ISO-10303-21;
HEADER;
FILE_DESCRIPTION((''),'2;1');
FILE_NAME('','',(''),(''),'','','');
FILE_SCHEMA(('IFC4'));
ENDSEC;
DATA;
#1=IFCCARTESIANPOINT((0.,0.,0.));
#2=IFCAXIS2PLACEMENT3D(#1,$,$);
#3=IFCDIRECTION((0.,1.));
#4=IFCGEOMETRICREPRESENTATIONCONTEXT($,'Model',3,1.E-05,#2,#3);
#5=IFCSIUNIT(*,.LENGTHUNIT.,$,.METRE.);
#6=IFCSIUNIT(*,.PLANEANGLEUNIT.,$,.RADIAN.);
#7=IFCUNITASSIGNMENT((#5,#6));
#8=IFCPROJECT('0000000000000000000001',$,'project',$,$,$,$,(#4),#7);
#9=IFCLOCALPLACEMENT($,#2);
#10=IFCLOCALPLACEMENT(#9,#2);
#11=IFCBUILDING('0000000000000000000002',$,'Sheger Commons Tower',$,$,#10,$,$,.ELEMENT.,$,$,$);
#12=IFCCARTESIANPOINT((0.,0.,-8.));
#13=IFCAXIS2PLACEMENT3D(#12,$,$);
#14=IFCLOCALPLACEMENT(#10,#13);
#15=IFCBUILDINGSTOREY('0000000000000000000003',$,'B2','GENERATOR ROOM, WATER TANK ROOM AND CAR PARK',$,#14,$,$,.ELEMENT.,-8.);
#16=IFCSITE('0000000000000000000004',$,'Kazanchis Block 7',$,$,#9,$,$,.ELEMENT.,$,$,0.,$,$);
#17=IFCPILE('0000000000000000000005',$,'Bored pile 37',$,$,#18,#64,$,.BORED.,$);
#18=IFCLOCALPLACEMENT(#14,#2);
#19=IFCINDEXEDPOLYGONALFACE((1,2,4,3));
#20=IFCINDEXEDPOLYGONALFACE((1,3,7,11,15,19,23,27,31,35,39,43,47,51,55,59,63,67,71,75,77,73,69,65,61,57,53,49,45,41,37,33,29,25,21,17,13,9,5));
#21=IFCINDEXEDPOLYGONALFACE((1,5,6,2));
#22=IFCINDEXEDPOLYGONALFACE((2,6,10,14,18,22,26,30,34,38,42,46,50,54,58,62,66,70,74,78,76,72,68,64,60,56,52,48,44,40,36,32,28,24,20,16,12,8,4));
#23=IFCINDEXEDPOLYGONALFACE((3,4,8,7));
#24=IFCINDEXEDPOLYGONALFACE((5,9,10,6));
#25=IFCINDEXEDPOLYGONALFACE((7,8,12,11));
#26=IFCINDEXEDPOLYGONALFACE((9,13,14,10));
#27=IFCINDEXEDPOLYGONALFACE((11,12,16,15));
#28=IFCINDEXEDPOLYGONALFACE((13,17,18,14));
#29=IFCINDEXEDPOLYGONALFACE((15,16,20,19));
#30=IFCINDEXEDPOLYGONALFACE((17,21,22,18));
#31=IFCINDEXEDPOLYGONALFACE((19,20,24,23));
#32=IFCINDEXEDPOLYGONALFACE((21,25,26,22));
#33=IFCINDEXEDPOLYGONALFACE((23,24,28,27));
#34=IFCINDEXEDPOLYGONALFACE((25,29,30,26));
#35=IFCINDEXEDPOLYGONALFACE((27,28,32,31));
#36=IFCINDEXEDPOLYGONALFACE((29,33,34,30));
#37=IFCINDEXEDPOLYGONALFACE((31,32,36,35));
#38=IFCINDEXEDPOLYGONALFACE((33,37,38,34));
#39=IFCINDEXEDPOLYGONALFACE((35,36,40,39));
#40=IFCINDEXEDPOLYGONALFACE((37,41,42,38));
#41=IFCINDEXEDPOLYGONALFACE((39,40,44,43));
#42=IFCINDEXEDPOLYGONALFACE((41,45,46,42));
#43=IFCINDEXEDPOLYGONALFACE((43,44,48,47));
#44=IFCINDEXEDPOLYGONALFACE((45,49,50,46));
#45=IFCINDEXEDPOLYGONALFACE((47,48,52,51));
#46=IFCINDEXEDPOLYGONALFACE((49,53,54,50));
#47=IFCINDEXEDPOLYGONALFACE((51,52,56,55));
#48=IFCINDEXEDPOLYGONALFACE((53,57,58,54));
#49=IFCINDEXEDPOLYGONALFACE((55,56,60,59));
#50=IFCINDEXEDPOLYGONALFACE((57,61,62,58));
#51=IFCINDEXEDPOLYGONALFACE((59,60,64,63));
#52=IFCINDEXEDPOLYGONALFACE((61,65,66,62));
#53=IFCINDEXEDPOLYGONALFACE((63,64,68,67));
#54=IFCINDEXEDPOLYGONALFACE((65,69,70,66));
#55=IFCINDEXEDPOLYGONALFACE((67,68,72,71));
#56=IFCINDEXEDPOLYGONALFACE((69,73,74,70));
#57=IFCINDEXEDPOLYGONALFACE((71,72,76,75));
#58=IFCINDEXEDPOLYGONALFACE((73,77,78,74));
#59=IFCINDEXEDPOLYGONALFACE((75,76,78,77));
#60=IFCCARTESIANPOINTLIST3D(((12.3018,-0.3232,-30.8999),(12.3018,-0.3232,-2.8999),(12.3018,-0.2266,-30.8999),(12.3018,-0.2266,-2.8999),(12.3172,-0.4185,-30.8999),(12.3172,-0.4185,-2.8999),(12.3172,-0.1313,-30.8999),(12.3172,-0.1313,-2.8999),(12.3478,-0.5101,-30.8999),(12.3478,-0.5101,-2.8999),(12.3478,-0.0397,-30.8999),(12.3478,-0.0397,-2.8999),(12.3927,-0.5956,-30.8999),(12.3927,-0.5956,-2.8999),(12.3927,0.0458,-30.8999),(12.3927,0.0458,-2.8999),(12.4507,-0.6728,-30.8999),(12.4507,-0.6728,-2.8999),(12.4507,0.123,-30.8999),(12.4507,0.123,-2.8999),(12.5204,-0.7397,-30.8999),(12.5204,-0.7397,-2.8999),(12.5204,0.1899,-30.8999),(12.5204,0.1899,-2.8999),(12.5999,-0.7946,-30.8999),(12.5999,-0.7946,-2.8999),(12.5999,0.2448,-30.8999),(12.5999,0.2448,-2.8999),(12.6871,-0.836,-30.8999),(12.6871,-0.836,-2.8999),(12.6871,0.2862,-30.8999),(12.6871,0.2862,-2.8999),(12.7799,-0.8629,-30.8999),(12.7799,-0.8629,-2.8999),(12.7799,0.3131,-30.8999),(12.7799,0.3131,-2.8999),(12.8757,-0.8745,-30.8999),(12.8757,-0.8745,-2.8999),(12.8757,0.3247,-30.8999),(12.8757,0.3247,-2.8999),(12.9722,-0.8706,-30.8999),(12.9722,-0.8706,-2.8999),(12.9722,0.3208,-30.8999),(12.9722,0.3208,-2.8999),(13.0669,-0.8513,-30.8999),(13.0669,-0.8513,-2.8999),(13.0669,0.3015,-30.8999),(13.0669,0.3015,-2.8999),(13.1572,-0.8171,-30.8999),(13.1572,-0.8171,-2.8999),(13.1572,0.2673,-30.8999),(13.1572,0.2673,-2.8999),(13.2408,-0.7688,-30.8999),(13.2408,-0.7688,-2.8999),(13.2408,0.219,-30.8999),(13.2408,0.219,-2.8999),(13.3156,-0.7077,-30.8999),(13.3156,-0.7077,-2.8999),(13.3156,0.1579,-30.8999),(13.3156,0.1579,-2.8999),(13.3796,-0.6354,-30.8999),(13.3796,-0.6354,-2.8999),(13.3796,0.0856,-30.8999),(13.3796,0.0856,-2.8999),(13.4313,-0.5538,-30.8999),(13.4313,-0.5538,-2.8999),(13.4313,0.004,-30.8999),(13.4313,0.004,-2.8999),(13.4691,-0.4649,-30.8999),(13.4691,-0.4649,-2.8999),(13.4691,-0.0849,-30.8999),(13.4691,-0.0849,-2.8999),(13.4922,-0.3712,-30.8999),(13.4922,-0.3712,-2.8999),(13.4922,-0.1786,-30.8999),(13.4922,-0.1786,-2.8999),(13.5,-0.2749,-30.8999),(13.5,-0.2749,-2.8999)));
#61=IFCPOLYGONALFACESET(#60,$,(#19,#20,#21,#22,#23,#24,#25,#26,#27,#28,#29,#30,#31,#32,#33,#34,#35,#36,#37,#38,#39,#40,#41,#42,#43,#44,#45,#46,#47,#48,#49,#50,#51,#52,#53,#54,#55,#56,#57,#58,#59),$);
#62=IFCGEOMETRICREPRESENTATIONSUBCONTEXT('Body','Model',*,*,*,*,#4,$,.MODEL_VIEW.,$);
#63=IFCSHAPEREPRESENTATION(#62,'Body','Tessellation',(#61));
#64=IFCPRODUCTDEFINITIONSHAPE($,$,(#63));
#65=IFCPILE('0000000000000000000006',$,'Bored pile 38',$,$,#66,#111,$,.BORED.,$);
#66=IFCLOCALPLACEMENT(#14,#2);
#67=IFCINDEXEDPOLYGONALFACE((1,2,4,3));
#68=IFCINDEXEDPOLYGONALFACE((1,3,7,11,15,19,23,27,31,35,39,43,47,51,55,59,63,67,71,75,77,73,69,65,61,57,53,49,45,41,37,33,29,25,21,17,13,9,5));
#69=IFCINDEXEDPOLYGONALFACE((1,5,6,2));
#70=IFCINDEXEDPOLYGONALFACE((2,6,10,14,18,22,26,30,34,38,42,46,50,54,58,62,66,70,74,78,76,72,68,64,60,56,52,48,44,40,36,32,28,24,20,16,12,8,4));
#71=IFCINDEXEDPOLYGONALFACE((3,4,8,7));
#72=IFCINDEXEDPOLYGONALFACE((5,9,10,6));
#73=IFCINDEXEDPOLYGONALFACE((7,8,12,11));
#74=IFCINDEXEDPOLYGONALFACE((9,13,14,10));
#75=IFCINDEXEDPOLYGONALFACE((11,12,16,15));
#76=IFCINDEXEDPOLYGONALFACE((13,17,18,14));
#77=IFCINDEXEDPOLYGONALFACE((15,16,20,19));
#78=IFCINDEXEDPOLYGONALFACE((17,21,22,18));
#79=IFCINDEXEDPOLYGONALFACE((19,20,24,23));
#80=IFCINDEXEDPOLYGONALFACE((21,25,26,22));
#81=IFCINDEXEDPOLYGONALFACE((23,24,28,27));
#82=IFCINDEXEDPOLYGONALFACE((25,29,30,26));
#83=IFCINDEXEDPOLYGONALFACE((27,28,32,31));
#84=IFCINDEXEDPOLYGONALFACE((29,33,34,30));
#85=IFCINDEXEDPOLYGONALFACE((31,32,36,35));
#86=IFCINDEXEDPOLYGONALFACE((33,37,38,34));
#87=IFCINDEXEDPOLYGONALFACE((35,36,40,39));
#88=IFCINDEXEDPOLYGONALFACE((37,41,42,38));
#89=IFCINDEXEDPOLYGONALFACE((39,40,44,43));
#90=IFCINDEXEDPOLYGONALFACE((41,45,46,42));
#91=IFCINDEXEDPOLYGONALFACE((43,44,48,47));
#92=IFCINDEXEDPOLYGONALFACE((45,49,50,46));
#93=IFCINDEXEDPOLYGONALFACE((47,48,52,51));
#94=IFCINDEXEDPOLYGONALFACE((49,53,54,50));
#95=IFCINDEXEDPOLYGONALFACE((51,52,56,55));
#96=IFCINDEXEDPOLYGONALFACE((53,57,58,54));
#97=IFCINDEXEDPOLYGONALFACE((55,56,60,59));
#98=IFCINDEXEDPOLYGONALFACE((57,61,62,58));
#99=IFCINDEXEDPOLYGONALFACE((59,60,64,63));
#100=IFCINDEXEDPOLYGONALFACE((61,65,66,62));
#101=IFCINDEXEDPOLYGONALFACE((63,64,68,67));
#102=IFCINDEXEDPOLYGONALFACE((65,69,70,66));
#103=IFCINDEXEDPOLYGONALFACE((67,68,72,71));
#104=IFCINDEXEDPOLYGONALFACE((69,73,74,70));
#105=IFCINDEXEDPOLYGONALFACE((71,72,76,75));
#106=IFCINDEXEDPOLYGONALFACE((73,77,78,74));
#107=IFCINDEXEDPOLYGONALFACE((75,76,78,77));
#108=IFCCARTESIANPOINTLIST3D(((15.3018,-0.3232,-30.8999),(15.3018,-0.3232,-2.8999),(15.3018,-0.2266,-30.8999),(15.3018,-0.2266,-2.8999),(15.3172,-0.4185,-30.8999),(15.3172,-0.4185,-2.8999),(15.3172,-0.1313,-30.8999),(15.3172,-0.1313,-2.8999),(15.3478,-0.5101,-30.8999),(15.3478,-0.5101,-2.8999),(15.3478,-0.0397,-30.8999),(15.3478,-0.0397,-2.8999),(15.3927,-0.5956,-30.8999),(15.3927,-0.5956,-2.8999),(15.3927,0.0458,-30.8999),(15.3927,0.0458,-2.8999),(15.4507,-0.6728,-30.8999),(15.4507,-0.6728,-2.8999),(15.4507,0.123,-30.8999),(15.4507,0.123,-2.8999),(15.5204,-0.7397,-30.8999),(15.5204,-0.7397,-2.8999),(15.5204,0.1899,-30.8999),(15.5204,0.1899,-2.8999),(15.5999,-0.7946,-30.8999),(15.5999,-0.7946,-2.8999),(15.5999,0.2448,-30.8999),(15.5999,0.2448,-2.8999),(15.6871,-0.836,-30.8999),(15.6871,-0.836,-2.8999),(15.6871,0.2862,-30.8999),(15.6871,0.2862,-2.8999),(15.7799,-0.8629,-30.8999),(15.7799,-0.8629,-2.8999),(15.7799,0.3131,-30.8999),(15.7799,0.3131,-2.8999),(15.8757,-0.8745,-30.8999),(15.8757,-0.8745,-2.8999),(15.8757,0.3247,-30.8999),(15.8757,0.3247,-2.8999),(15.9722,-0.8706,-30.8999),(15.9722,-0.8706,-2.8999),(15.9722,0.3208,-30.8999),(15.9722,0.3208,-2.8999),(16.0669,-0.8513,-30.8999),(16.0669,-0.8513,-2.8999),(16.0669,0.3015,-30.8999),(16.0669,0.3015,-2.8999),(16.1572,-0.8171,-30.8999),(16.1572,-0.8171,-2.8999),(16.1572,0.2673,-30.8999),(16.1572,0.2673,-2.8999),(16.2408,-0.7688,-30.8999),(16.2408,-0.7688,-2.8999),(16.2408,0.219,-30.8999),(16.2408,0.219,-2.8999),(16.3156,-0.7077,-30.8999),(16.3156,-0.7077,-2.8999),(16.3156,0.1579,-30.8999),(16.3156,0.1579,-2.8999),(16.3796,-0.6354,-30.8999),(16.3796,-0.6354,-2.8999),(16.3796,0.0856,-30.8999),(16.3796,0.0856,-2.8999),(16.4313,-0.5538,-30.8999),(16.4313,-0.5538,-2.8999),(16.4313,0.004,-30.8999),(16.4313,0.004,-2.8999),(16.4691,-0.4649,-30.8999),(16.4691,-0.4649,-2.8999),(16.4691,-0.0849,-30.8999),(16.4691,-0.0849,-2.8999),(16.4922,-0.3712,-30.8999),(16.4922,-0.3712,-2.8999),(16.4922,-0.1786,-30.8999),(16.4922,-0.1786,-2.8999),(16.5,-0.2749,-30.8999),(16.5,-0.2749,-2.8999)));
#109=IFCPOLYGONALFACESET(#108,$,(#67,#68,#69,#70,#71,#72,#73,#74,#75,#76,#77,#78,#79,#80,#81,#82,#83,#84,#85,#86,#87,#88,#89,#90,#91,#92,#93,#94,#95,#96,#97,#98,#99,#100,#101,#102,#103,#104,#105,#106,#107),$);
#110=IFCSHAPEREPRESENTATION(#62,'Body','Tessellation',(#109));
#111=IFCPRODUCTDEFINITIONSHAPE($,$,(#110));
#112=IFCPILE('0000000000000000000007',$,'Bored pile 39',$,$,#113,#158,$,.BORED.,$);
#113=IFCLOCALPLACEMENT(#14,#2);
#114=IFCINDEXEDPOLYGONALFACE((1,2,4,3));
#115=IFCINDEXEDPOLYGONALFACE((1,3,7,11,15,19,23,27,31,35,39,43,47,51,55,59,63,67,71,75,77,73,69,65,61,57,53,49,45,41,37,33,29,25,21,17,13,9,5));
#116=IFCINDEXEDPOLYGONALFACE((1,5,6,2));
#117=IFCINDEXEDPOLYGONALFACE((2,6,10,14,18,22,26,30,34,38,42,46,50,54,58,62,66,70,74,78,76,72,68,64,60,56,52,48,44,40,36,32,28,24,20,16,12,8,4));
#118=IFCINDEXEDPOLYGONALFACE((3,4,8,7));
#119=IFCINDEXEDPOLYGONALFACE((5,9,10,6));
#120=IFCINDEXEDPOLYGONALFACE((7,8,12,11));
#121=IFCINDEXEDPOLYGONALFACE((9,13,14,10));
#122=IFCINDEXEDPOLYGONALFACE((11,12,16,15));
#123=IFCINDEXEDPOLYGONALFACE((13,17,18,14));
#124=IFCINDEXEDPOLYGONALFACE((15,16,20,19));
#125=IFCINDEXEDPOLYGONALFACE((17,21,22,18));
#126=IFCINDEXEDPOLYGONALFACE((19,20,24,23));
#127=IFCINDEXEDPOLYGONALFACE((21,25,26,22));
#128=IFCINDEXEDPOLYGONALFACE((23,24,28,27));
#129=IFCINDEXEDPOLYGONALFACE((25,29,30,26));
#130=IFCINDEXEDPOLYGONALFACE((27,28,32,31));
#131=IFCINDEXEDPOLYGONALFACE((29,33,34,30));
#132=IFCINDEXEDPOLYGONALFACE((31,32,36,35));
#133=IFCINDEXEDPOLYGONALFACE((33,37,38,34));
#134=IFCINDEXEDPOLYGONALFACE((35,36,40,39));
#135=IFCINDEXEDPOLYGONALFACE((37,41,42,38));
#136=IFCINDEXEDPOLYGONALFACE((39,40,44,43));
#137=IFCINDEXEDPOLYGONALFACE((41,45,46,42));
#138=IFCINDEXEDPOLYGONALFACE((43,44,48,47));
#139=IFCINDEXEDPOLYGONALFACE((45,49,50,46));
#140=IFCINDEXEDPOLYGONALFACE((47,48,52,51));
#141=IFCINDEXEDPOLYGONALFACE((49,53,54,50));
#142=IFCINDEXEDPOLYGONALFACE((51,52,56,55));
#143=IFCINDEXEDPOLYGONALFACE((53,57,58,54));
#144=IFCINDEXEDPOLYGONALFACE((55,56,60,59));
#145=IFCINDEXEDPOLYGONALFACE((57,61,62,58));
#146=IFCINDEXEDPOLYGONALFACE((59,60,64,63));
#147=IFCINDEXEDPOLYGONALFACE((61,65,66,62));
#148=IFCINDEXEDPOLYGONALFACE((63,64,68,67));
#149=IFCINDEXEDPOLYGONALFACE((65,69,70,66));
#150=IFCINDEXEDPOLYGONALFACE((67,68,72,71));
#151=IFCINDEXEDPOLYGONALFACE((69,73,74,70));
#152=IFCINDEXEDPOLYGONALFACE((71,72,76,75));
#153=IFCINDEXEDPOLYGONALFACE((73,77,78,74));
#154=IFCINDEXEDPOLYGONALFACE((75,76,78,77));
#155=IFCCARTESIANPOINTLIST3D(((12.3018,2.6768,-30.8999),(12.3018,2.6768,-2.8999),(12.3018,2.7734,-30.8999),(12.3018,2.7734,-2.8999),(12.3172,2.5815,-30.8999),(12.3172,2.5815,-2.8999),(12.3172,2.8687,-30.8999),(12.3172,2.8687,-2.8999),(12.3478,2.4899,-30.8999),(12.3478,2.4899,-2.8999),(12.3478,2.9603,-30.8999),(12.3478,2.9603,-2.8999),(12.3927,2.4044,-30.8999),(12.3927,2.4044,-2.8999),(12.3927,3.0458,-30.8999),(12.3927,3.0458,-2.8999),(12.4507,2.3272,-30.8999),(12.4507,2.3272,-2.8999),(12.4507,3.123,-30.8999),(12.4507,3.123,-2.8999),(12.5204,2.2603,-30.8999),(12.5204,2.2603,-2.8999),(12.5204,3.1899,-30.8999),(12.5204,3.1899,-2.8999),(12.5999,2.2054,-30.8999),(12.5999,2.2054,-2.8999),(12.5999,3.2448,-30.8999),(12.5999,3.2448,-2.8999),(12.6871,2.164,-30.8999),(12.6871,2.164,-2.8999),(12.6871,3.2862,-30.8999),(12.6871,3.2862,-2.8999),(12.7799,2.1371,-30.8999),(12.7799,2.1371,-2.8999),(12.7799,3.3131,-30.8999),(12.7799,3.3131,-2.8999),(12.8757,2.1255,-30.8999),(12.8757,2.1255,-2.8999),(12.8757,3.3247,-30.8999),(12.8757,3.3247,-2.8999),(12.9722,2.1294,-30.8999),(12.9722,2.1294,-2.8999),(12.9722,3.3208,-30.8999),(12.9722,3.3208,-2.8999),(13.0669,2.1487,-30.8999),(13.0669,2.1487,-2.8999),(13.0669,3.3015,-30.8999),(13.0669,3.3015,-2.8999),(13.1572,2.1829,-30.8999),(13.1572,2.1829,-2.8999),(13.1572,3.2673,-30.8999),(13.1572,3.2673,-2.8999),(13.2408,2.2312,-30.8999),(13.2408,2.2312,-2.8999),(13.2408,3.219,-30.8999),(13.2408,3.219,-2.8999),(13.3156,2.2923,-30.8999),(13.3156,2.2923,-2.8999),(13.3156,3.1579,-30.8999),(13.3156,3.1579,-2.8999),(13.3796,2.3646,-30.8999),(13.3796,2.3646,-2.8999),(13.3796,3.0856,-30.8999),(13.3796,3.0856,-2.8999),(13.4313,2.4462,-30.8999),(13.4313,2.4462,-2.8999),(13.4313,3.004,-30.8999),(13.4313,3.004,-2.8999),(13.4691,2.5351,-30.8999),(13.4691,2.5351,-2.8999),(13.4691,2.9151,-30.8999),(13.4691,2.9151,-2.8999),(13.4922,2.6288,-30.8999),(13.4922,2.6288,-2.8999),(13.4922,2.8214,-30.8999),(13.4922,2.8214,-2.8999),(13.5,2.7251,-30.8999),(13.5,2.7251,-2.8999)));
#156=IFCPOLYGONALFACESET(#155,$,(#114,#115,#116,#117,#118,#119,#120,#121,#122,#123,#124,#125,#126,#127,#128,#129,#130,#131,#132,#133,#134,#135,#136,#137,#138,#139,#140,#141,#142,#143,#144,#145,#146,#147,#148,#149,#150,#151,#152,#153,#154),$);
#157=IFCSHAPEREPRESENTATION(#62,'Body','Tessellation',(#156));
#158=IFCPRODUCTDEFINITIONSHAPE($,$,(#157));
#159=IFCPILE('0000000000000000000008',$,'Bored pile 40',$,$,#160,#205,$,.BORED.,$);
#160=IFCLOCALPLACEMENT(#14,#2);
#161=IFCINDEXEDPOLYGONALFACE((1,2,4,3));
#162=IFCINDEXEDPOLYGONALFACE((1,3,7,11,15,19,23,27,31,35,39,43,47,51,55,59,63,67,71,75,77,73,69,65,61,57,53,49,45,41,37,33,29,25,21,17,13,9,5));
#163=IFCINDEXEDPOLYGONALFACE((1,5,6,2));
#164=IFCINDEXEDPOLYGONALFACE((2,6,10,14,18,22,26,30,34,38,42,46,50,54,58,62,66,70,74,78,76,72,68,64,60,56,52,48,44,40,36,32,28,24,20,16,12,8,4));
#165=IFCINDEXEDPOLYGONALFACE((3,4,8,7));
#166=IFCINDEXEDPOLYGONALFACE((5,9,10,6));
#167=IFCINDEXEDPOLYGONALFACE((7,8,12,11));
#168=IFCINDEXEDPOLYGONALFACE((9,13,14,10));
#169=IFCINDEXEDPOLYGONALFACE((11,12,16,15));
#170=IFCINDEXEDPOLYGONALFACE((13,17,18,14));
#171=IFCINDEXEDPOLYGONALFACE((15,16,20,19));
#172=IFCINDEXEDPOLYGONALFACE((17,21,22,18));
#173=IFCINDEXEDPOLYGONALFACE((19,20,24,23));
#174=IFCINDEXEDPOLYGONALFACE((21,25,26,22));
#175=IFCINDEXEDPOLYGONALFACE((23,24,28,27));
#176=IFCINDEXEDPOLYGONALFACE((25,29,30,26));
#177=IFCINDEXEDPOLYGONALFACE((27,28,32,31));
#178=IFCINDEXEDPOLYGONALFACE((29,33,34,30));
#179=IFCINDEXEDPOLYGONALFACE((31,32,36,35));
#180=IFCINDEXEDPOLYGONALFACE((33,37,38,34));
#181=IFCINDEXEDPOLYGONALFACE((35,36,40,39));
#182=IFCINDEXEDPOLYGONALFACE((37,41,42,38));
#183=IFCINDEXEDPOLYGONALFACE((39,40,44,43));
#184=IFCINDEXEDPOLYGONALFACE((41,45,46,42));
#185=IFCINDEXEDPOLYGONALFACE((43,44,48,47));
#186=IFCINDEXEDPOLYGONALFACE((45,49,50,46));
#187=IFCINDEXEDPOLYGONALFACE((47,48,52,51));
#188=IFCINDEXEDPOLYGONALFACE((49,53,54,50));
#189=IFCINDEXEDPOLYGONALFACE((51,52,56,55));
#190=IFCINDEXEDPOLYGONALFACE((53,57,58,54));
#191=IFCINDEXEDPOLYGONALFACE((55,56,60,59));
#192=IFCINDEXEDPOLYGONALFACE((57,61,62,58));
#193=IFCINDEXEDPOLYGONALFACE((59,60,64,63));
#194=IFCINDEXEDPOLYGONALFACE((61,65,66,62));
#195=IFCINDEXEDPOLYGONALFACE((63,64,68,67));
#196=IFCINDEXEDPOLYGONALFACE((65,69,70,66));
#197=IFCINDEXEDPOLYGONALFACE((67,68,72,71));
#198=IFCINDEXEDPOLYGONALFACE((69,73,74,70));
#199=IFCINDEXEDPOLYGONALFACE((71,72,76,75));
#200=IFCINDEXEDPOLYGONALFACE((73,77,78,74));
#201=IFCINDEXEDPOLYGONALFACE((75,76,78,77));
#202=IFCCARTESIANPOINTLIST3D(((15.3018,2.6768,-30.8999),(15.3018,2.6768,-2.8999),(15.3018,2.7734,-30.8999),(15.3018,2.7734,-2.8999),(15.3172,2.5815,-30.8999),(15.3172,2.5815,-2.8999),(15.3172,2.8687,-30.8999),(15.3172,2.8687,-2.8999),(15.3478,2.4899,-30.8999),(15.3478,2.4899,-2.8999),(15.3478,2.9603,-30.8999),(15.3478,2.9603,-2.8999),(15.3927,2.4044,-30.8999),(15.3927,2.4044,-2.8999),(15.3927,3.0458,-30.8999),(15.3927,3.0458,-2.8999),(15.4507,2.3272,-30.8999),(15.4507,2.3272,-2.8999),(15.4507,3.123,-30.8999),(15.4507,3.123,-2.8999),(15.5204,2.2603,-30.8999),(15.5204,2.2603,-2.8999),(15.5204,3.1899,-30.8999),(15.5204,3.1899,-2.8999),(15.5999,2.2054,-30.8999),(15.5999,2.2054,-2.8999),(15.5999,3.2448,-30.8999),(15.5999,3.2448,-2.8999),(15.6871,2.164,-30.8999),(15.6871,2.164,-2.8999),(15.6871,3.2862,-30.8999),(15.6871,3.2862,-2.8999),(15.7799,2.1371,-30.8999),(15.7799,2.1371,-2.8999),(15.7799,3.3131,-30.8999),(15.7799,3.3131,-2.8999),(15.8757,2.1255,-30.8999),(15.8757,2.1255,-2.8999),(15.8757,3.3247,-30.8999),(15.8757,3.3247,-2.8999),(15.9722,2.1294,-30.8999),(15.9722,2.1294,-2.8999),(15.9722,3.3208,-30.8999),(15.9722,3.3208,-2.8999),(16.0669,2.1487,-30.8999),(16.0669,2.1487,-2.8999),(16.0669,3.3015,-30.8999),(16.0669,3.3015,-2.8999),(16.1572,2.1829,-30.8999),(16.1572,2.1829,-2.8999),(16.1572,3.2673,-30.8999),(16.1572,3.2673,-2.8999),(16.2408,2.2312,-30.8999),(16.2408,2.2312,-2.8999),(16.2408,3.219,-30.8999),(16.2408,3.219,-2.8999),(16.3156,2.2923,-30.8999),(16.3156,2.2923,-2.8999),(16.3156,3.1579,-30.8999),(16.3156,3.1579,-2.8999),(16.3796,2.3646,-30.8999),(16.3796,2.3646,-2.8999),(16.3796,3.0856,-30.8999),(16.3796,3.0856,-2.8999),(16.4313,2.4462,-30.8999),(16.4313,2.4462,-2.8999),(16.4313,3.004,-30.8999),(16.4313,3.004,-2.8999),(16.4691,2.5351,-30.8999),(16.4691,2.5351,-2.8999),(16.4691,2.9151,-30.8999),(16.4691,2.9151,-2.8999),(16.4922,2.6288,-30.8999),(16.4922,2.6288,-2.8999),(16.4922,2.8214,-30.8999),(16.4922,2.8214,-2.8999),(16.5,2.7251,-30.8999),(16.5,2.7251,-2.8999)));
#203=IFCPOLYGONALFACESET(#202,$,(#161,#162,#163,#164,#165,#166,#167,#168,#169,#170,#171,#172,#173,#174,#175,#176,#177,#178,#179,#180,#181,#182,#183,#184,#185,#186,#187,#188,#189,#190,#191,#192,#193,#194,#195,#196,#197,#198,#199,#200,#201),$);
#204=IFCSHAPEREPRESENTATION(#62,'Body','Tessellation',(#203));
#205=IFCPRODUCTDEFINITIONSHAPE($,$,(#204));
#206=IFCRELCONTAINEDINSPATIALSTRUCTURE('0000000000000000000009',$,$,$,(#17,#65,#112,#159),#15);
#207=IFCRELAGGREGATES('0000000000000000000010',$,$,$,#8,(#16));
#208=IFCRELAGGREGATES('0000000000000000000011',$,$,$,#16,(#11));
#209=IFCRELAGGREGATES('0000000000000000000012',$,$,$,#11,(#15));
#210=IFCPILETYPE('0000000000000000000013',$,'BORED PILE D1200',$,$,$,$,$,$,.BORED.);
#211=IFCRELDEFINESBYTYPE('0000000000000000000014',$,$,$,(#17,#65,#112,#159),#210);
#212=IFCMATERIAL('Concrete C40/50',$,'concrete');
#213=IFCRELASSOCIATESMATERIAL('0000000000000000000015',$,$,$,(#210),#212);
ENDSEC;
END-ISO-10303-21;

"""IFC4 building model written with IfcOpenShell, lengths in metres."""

from ifc_helpers import new_model, si_unit, direction, frame, origin, origin_2d, place, context, subcontext, project, spatial, circle, extrude, material, material_profile, profile_set, type_object, element, save


model = new_model("IFC4")

# Units and contexts
model_context = context("Model", 3, precision=1e-05, world=origin(), true_north=direction((0.0, 1.0)))
body_context = subcontext(model_context, "Body", "Model", "MODEL_VIEW")
ifc_project = project(units=[si_unit("LENGTHUNIT", "METRE"), si_unit("PLANEANGLEUNIT", "RADIAN")], contexts=[model_context])

# Site, building, storey
site_placement = place(None, origin())
site = spatial("IfcSite", under=ifc_project, at=site_placement, Name="Kazanchis Block 7", CompositionType="ELEMENT", RefElevation=0.0)
building_placement = place(site_placement, origin())
building = spatial("IfcBuilding", under=site, at=building_placement, Name="Sheger Commons Tower", CompositionType="ELEMENT")
storey_placement = place(building_placement, frame((0.0, 0.0, -8.0)))
storey = spatial("IfcBuildingStorey", under=building, at=storey_placement, Name="B2", Description="GENERATOR ROOM, WATER TANK ROOM AND CAR PARK", CompositionType="ELEMENT", Elevation=-8.0)

# Piles
ifc_material_1 = material(Name="Concrete C40/50", Category="concrete")
ifc_material_profile_1 = material_profile(ifc_material_1, circle(Radius=0.6001, at=origin_2d()), Name="PILE D1200")
ifc_profile_set_1 = profile_set([ifc_material_profile_1], Name="Concrete C40/50")
pile_type_1 = type_object("IfcPileType", Name="BORED PILE D1200", PredefinedType="BORED", material=ifc_profile_set_1)
for number, where, z_axis, x_axis, name in (
    (1, (12.8999, -0.2749, -2.8999), (0.0, 0.0, -1.0), (1.0, 0.0, 0.0), "Bored pile 37"),
    (2, (15.8999, -0.2749, -2.8999), (0.0, 0.0, -1.0), (1.0, 0.0, 0.0), "Bored pile 38"),
    (3, (12.8999, 2.7251, -2.8999), (0.0, 0.0, -1.0), (1.0, 0.0, 0.0), "Bored pile 39"),
    (4, (15.8999, 2.7251, -2.8999), (0.0, 0.0, -1.0), (1.0, 0.0, 0.0), "Bored pile 40"),
):
    element("IfcPile", number, at=place(storey_placement, frame(where, z_axis=z_axis, x_axis=x_axis)), inside=storey, type_object=pile_type_1, Name=name, PredefinedType="BORED", context=body_context, shape_type="SweptSolid", body=[
        extrude(circle(Radius=0.6001, at=origin_2d()), origin(), (0.0, 0.0, 1.0), 28.0),
    ])

save(model, "model.ifc")
